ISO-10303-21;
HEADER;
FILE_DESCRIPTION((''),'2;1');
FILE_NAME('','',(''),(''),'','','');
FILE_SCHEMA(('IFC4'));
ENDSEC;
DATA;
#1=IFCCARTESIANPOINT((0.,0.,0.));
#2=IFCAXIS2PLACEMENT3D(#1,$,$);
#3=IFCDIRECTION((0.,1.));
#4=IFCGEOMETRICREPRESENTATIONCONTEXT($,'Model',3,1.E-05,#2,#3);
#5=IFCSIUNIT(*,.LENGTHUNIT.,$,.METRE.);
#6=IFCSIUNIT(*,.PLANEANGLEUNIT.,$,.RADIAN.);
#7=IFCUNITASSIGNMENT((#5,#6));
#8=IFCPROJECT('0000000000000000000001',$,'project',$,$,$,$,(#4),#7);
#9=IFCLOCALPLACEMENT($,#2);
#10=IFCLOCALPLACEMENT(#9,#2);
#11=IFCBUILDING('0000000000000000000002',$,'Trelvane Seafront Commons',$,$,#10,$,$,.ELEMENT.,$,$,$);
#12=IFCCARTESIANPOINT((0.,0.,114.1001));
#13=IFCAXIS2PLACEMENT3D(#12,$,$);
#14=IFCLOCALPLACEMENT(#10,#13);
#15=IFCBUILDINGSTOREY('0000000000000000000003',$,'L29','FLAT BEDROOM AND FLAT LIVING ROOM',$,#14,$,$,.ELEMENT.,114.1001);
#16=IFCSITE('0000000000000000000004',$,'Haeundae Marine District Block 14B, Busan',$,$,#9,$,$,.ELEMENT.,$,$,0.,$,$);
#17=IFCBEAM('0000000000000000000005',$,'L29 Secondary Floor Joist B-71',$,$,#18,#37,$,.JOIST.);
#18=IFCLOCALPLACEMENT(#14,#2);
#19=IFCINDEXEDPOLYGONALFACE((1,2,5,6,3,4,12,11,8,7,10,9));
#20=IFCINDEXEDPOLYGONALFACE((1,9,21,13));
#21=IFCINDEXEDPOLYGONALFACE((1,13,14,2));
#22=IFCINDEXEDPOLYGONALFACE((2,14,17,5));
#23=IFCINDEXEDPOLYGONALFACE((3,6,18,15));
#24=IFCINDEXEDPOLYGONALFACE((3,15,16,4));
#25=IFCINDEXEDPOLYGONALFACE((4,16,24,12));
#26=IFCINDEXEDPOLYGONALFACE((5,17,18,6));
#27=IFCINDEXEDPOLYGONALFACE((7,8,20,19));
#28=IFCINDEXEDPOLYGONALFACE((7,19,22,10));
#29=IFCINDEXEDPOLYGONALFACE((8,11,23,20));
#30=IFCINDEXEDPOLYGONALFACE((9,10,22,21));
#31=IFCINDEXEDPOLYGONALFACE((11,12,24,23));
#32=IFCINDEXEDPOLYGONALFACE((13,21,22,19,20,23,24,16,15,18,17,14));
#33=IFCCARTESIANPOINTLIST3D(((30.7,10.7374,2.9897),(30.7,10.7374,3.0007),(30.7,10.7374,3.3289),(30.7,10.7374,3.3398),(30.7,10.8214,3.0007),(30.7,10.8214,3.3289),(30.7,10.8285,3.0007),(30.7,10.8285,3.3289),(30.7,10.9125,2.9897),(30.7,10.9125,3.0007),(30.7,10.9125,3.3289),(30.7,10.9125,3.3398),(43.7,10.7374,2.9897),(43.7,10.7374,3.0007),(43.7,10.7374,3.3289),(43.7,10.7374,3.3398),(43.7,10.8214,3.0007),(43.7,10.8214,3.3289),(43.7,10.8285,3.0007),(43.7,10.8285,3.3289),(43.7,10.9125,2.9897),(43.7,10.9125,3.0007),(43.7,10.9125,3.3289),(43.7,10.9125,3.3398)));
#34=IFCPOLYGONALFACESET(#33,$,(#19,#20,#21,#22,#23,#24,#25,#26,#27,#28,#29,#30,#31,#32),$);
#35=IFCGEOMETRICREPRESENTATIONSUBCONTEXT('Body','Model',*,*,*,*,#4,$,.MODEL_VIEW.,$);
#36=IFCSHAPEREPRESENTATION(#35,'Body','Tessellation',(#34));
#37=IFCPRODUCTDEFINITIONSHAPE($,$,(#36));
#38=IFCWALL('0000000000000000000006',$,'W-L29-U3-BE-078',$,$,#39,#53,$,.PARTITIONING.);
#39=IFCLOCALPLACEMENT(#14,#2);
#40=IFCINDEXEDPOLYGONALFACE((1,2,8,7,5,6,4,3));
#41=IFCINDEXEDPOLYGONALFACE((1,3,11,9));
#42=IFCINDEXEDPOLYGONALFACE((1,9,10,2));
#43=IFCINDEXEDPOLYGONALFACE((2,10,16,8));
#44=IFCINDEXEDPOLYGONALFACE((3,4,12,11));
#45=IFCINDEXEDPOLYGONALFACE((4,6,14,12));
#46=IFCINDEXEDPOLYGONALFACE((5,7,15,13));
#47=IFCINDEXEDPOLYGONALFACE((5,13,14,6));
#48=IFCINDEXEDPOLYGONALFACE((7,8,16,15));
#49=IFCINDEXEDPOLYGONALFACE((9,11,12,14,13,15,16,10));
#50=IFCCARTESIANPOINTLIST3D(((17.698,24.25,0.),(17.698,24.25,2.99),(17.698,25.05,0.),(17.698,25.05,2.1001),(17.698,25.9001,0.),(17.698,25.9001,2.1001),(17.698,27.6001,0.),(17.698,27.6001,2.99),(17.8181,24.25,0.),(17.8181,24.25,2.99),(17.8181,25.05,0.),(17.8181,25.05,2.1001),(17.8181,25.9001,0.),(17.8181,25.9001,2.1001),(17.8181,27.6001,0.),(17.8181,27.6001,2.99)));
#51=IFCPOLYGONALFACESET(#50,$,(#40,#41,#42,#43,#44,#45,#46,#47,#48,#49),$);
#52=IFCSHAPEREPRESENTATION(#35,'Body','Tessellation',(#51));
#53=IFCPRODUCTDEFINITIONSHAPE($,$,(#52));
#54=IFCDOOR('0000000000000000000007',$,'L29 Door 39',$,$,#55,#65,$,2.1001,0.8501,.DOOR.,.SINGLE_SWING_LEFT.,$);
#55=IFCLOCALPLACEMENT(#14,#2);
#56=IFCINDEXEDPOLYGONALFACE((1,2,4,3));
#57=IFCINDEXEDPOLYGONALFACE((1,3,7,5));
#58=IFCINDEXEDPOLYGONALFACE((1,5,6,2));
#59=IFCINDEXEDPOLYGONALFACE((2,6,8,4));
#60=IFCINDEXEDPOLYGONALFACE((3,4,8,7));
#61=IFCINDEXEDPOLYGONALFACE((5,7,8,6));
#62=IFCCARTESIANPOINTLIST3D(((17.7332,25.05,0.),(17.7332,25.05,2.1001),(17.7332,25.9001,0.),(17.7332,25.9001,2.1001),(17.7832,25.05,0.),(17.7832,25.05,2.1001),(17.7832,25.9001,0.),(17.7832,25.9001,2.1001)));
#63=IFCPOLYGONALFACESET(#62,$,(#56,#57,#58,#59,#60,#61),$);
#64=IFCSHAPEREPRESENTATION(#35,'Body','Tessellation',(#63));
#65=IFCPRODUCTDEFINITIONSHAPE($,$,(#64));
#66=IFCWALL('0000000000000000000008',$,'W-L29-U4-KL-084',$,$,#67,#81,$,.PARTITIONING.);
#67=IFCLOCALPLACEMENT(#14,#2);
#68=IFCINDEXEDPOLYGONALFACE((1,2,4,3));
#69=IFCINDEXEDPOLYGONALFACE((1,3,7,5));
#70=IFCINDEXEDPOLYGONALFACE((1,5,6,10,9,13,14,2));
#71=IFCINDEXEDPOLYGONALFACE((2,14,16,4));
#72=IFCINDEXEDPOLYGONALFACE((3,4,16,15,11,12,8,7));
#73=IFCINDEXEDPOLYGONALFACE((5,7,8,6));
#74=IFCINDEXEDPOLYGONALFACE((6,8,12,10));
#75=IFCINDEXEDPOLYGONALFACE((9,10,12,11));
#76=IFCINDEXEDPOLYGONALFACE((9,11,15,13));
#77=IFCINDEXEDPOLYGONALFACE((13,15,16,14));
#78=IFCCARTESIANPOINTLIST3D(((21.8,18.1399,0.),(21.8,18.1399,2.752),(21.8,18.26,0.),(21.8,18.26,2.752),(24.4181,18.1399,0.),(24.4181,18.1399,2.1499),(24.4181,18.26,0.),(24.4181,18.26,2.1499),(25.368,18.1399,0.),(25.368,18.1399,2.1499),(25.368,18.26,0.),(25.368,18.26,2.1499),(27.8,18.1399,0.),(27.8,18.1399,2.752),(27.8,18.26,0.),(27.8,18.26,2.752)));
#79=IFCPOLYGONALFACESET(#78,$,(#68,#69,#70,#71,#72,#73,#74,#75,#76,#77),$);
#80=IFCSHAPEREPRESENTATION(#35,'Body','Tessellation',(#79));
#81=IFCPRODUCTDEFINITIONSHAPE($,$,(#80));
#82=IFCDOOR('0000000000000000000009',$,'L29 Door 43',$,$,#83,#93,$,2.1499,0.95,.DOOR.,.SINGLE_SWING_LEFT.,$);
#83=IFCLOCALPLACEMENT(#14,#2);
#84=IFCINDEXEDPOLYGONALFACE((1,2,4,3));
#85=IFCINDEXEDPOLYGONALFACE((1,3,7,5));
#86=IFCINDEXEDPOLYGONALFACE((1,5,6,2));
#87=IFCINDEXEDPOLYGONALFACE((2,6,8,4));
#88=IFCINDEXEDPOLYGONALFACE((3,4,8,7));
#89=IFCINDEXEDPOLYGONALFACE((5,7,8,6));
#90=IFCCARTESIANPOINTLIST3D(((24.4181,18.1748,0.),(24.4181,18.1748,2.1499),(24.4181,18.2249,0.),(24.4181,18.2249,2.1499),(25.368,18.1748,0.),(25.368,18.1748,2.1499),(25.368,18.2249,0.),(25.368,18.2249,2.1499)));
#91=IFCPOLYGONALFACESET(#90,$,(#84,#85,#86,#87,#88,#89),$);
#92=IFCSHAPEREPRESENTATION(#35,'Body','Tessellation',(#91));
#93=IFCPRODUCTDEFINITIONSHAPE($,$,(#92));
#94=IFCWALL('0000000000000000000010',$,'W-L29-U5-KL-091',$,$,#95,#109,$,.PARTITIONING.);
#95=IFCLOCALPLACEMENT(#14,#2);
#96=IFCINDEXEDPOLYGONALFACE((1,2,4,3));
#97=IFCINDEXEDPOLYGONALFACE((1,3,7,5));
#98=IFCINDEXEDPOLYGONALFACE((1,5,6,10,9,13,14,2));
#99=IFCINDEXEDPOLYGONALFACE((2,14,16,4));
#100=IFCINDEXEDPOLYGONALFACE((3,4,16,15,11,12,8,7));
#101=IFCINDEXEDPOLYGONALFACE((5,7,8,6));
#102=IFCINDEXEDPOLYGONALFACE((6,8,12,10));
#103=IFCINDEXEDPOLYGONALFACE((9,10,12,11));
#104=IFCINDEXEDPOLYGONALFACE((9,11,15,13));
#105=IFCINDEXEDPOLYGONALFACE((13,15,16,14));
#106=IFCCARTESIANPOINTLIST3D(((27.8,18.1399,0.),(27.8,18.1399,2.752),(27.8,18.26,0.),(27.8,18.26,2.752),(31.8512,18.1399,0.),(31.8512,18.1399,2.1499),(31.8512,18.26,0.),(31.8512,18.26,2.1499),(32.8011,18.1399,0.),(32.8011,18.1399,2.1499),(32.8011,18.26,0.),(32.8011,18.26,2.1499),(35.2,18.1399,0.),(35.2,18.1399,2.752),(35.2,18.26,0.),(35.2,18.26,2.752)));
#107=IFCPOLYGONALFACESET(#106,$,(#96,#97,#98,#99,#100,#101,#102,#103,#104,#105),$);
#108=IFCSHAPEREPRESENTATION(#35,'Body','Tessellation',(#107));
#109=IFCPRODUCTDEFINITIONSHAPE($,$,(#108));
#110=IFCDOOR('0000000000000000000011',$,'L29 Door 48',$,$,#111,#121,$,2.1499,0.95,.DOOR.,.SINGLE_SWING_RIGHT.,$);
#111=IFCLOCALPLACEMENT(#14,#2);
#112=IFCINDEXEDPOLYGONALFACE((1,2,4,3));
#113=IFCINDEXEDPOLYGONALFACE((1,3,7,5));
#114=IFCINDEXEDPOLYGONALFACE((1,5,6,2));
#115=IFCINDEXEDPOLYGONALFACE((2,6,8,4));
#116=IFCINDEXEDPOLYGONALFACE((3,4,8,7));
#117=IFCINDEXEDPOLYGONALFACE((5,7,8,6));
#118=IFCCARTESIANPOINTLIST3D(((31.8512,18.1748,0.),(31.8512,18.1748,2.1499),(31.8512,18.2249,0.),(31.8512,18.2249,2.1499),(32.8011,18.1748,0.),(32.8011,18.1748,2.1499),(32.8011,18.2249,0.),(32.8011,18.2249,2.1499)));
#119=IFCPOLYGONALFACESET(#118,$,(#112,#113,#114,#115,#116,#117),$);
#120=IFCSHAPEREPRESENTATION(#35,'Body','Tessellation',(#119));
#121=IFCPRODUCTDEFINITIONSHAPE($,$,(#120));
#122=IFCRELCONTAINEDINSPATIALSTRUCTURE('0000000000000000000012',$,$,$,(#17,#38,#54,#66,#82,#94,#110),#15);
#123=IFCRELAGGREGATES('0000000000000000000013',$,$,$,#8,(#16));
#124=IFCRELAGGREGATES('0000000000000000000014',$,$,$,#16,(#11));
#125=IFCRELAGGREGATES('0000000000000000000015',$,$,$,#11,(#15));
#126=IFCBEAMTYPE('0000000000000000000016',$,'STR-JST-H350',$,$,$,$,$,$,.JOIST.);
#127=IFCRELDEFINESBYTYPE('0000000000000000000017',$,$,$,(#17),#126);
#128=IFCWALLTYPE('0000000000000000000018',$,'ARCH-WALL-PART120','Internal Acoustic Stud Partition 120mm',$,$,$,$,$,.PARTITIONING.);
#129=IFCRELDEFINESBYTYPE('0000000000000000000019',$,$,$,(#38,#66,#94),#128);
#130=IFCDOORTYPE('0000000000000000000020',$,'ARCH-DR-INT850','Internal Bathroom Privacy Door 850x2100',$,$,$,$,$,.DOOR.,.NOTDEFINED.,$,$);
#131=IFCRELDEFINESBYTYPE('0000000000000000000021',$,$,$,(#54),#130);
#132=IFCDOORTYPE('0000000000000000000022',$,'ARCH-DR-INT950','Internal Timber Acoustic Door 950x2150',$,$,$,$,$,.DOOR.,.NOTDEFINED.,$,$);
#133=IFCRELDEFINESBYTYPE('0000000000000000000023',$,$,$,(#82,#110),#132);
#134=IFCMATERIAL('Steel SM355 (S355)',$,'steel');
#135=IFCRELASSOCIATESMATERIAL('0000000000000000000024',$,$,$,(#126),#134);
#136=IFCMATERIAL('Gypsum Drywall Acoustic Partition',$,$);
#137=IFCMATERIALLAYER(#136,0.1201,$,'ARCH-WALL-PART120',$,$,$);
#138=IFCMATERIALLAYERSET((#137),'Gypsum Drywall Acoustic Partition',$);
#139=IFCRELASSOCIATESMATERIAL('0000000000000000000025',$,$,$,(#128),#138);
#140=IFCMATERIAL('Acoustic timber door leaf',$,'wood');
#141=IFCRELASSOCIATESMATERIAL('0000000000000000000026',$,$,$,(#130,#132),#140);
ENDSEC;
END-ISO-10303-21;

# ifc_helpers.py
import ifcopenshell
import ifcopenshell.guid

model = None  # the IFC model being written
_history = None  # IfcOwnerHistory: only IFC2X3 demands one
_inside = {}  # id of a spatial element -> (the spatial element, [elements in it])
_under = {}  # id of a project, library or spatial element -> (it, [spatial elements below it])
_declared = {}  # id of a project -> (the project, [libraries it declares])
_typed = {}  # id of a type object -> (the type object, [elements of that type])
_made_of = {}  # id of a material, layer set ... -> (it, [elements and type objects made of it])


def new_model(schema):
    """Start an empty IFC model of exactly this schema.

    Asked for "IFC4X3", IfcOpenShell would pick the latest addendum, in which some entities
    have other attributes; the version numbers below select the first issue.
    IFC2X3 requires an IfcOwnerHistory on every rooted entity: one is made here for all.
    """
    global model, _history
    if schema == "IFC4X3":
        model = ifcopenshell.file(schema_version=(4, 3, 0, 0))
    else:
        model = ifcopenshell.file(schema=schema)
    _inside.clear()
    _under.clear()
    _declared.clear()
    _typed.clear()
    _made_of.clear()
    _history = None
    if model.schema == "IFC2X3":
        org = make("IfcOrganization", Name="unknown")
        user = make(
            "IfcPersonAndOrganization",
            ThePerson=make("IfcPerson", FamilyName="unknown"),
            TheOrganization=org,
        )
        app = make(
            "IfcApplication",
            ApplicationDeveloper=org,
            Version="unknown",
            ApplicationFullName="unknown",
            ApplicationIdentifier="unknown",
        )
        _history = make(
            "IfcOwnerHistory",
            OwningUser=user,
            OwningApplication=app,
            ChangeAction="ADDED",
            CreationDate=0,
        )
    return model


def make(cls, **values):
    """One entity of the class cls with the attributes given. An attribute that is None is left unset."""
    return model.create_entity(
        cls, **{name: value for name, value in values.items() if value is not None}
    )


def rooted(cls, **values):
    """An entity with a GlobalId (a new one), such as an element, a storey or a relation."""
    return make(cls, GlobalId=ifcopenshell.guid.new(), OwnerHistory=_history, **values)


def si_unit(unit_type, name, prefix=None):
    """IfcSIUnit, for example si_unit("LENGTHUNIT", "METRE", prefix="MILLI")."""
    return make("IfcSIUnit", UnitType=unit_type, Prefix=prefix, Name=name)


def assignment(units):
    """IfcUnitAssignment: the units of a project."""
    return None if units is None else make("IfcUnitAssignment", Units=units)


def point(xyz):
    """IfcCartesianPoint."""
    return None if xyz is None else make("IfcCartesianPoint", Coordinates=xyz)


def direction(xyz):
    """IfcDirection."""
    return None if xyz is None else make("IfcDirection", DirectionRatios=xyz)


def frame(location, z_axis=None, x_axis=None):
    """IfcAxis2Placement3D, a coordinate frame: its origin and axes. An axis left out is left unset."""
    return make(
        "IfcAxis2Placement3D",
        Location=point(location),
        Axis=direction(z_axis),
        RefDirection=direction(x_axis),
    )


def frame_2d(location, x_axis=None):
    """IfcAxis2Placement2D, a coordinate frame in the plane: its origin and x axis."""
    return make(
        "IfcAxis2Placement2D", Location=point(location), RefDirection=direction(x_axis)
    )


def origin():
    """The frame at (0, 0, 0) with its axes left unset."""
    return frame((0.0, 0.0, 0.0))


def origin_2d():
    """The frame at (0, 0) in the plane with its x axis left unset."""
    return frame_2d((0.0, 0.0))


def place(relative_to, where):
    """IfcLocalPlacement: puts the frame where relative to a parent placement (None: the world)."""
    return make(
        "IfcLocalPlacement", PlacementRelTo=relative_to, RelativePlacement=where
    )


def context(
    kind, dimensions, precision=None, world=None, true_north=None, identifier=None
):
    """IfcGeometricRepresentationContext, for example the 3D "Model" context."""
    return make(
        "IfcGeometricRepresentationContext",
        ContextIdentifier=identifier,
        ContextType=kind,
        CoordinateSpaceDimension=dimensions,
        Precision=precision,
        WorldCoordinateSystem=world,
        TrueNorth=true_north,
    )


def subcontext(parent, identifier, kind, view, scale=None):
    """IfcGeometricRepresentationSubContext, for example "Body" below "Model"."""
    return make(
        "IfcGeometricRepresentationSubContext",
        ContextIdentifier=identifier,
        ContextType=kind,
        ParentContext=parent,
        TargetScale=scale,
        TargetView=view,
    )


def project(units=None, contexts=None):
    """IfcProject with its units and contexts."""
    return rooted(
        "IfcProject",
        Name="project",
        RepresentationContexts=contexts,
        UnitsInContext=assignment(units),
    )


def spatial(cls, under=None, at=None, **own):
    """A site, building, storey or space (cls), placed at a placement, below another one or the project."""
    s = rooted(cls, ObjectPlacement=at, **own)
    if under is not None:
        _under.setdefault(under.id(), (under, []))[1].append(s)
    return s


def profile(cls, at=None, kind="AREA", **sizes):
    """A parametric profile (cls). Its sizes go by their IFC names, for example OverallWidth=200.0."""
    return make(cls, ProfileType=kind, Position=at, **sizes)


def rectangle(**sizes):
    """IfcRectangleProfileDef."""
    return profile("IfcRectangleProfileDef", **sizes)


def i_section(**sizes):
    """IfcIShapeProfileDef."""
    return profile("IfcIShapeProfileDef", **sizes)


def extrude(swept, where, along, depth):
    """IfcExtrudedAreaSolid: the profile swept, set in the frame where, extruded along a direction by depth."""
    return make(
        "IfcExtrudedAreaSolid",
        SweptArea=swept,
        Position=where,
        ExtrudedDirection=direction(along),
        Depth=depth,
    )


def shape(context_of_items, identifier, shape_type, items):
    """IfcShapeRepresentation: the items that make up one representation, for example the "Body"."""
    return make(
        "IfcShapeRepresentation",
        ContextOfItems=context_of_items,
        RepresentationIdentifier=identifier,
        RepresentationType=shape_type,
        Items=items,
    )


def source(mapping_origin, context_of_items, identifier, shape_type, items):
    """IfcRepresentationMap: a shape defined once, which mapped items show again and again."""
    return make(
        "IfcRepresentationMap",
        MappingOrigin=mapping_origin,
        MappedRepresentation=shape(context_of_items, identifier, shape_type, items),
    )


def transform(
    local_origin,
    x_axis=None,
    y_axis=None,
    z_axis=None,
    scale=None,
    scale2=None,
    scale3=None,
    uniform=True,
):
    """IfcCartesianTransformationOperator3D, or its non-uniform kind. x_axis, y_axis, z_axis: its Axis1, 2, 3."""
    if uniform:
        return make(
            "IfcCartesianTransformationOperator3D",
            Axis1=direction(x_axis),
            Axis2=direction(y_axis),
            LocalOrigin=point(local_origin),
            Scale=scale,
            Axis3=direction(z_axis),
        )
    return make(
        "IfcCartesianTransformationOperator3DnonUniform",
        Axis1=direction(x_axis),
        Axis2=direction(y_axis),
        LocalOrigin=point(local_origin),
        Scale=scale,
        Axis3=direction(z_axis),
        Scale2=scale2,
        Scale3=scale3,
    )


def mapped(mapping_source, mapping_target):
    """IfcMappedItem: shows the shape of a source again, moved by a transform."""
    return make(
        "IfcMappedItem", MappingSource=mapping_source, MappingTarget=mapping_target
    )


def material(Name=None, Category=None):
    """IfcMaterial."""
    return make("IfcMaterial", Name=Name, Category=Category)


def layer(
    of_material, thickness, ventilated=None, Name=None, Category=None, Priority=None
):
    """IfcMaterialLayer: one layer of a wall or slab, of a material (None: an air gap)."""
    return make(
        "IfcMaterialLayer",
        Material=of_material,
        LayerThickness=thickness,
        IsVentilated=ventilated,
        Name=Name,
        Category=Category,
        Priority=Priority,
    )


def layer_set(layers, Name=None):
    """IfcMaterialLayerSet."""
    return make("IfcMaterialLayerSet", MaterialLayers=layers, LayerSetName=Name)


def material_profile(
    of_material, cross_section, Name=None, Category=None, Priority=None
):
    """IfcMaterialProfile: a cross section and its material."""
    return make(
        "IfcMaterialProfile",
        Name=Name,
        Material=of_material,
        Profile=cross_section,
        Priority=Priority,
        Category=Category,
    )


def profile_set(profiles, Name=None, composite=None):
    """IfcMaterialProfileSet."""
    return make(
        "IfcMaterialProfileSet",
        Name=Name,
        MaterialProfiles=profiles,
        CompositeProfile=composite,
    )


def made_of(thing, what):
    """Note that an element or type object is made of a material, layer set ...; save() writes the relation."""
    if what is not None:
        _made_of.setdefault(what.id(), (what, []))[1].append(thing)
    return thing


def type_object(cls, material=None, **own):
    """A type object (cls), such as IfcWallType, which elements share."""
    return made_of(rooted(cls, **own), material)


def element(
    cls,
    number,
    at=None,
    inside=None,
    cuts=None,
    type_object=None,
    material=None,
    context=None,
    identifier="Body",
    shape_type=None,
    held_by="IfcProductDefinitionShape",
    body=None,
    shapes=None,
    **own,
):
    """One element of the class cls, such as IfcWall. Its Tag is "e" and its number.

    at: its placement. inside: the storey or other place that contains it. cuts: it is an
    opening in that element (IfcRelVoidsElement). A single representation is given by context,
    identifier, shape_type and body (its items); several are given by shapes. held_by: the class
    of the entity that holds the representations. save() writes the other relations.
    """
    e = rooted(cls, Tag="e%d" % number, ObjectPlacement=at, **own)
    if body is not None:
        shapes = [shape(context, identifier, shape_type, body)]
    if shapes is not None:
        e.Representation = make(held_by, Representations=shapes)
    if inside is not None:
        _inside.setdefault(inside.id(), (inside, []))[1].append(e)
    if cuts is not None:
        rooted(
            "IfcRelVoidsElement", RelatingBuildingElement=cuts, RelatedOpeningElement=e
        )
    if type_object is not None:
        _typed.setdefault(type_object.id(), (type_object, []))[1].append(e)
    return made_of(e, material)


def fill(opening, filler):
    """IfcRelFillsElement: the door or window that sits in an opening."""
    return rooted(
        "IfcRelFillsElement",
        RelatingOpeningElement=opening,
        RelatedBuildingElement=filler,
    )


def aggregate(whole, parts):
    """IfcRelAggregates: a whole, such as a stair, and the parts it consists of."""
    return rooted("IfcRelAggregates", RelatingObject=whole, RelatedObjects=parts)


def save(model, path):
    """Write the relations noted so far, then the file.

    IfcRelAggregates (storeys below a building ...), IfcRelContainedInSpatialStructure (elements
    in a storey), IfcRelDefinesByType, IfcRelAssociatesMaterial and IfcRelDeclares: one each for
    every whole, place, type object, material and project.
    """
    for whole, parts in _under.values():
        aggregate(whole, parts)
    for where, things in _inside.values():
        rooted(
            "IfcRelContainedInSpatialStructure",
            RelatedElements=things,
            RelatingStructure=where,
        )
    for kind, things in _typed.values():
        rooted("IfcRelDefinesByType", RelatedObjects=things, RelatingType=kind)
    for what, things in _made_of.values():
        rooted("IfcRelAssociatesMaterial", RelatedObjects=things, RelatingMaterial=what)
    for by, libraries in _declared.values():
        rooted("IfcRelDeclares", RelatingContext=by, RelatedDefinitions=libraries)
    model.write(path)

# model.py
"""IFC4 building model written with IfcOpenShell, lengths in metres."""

from ifc_helpers import new_model, si_unit, direction, frame, frame_2d, origin, origin_2d, place, context, subcontext, project, spatial, rectangle, i_section, extrude, source, transform, mapped, material, layer, layer_set, material_profile, profile_set, type_object, element, fill, save


model = new_model("IFC4")

# Units and contexts
model_context = context("Model", 3, precision=1e-05, world=origin(), true_north=direction((0.0, 1.0)))
body_context = subcontext(model_context, "Body", "Model", "MODEL_VIEW")
ifc_project = project(units=[si_unit("LENGTHUNIT", "METRE"), si_unit("PLANEANGLEUNIT", "RADIAN")], contexts=[model_context])

# Site, building, storey
site_placement = place(None, origin())
site = spatial("IfcSite", under=ifc_project, at=site_placement, Name="Haeundae Marine District Block 14B, Busan", CompositionType="ELEMENT", RefElevation=0.0)
building_placement = place(site_placement, origin())
building = spatial("IfcBuilding", under=site, at=building_placement, Name="Trelvane Seafront Commons", CompositionType="ELEMENT")
storey_placement = place(building_placement, frame((0.0, 0.0, 114.1001)))
storey = spatial("IfcBuildingStorey", under=building, at=storey_placement, Name="L29", Description="FLAT BEDROOM AND FLAT LIVING ROOM", CompositionType="ELEMENT", Elevation=114.1001)

# Shared definitions
ifc_material_1 = material(Name="Steel SM355 (S355)", Category="steel")

# Beam
ifc_material_profile_1 = material_profile(ifc_material_1, i_section(OverallWidth=0.175, OverallDepth=0.3501, WebThickness=0.0071, FlangeThickness=0.011, at=origin_2d()), Name="H-350x175x7x11")
ifc_profile_set_1 = profile_set([ifc_material_profile_1], Name="Steel SM355 (S355)")
beam_type_1 = type_object("IfcBeamType", Name="STR-JST-H350", PredefinedType="JOIST", material=ifc_profile_set_1)
shared_shape_1 = source(origin(), body_context, "Body", "SweptSolid", [
    extrude(i_section(OverallWidth=0.175, OverallDepth=0.3501, WebThickness=0.0071, FlangeThickness=0.011, at=origin_2d()), origin(), (0.0, 0.0, 1.0), 13.0),
])
beam_1_placement = place(storey_placement, frame((30.7, 10.825, 3.1648), z_axis=(1.0, 0.0, 0.0), x_axis=(0.0, 1.0, 0.0)))
element("IfcBeam", 1, at=beam_1_placement, inside=storey, type_object=beam_type_1, Name="L29 Secondary Floor Joist B-71", PredefinedType="JOIST", context=body_context, shape_type="MappedRepresentation", body=[
    mapped(shared_shape_1, transform((0.0, 0.0, 0.0), x_axis=(1.0, 0.0, 0.0), y_axis=(0.0, 1.0, 0.0), z_axis=(0.0, 0.0, 1.0), scale=1.0)),
])

# Walls, openings, doors
ifc_material_2 = material(Name="Gypsum Drywall Acoustic Partition")
ifc_layer = layer(ifc_material_2, 0.1201, Name="ARCH-WALL-PART120")
ifc_layer_set = layer_set([ifc_layer], Name="Gypsum Drywall Acoustic Partition")
wall_type = type_object("IfcWallType", Name="ARCH-WALL-PART120", Description="Internal Acoustic Stud Partition 120mm", PredefinedType="PARTITIONING", material=ifc_layer_set)
wall_1_placement = place(storey_placement, frame((17.7581, 24.25, 0.0), z_axis=(0.0, 0.0, 1.0), x_axis=(0.0, 1.0, 0.0)))
wall_1 = element("IfcWall", 2, at=wall_1_placement, inside=storey, type_object=wall_type, Name="W-L29-U3-BE-078", PredefinedType="PARTITIONING", context=body_context, shape_type="SweptSolid", body=[
    extrude(rectangle(XDim=3.3501, YDim=0.1201, at=frame_2d((1.675, 0.0))), origin(), (0.0, 0.0, 1.0), 2.99),
])
opening_1_placement = place(wall_1_placement, frame((0.8, 0.0, 0.0)))
opening_1 = element("IfcOpeningElement", 3, at=opening_1_placement, cuts=wall_1, PredefinedType="OPENING", context=body_context, shape_type="SweptSolid", body=[
    extrude(rectangle(XDim=0.8501, YDim=2.1001, at=frame_2d((0.425, 1.05))), frame((0.0, 0.0701, 0.0), z_axis=(0.0, -1.0, 0.0), x_axis=(1.0, 0.0, 0.0)), (0.0, 0.0, 1.0), 0.1401),
])
ifc_material_3 = material(Name="Acoustic timber door leaf", Category="wood")
door_type_1 = type_object("IfcDoorType", Name="ARCH-DR-INT850", Description="Internal Bathroom Privacy Door 850x2100", OperationType="NOTDEFINED", PredefinedType="DOOR", material=ifc_material_3)
shared_shape_2 = source(origin(), body_context, "Body", "SweptSolid", [
    extrude(rectangle(XDim=0.8501, YDim=2.1001, at=frame_2d((0.425, 1.05))), frame((0.0, 0.0249, 0.0), z_axis=(0.0, -1.0, 0.0), x_axis=(1.0, 0.0, 0.0)), (0.0, 0.0, 1.0), 0.05),
])
door_1_placement = place(opening_1_placement, origin())
door_1 = element("IfcDoor", 4, at=door_1_placement, inside=storey, type_object=door_type_1, Name="L29 Door 39", OperationType="SINGLE_SWING_LEFT", OverallHeight=2.1001, OverallWidth=0.8501, PredefinedType="DOOR", context=body_context, shape_type="MappedRepresentation", body=[
    mapped(shared_shape_2, transform((0.0, 0.0, 0.0), x_axis=(1.0, 0.0, 0.0), y_axis=(0.0, 1.0, 0.0), z_axis=(0.0, 0.0, 1.0), scale=1.0)),
])
fill(opening_1, door_1)
wall_2_placement = place(storey_placement, frame((21.8, 18.2, 0.0), z_axis=(0.0, 0.0, 1.0), x_axis=(1.0, 0.0, 0.0)))
wall_2 = element("IfcWall", 5, at=wall_2_placement, inside=storey, type_object=wall_type, Name="W-L29-U4-KL-084", PredefinedType="PARTITIONING", context=body_context, shape_type="SweptSolid", body=[
    extrude(rectangle(XDim=6.0, YDim=0.1201, at=frame_2d((3.0, 0.0))), origin(), (0.0, 0.0, 1.0), 2.752),
])
opening_2_placement = place(wall_2_placement, frame((2.6179, 0.0, 0.0)))
opening_2 = element("IfcOpeningElement", 6, at=opening_2_placement, cuts=wall_2, PredefinedType="OPENING", context=body_context, shape_type="SweptSolid", body=[
    extrude(rectangle(XDim=0.95, YDim=2.1499, at=frame_2d((0.4751, 1.075))), frame((0.0, 0.0701, 0.0), z_axis=(0.0, -1.0, 0.0), x_axis=(1.0, 0.0, 0.0)), (0.0, 0.0, 1.0), 0.1401),
])
door_type_2 = type_object("IfcDoorType", Name="ARCH-DR-INT950", Description="Internal Timber Acoustic Door 950x2150", OperationType="NOTDEFINED", PredefinedType="DOOR", material=ifc_material_3)
shared_shape_3 = source(origin(), body_context, "Body", "SweptSolid", [
    extrude(rectangle(XDim=0.95, YDim=2.1499, at=frame_2d((0.4751, 1.075))), frame((0.0, 0.0249, 0.0), z_axis=(0.0, -1.0, 0.0), x_axis=(1.0, 0.0, 0.0)), (0.0, 0.0, 1.0), 0.05),
])
door_2_placement = place(opening_2_placement, origin())
door_2 = element("IfcDoor", 7, at=door_2_placement, inside=storey, type_object=door_type_2, Name="L29 Door 43", OperationType="SINGLE_SWING_LEFT", OverallHeight=2.1499, OverallWidth=0.95, PredefinedType="DOOR", context=body_context, shape_type="MappedRepresentation", body=[
    mapped(shared_shape_3, transform((0.0, 0.0, 0.0), x_axis=(1.0, 0.0, 0.0), y_axis=(0.0, 1.0, 0.0), z_axis=(0.0, 0.0, 1.0), scale=1.0)),
])
fill(opening_2, door_2)
wall_3_placement = place(storey_placement, frame((27.8, 18.2, 0.0), z_axis=(0.0, 0.0, 1.0), x_axis=(1.0, 0.0, 0.0)))
wall_3 = element("IfcWall", 8, at=wall_3_placement, inside=storey, type_object=wall_type, Name="W-L29-U5-KL-091", PredefinedType="PARTITIONING", context=body_context, shape_type="SweptSolid", body=[
    extrude(rectangle(XDim=7.3999, YDim=0.1201, at=frame_2d((3.7, 0.0))), origin(), (0.0, 0.0, 1.0), 2.752),
])
opening_3_placement = place(wall_3_placement, frame((4.051, 0.0, 0.0)))
opening_3 = element("IfcOpeningElement", 9, at=opening_3_placement, cuts=wall_3, PredefinedType="OPENING", context=body_context, shape_type="SweptSolid", body=[
    extrude(rectangle(XDim=0.95, YDim=2.1499, at=frame_2d((0.4751, 1.075))), frame((0.0, 0.0701, 0.0), z_axis=(0.0, -1.0, 0.0), x_axis=(1.0, 0.0, 0.0)), (0.0, 0.0, 1.0), 0.1401),
])
door_3_placement = place(opening_3_placement, origin())
door_3 = element("IfcDoor", 10, at=door_3_placement, inside=storey, type_object=door_type_2, Name="L29 Door 48", OperationType="SINGLE_SWING_RIGHT", OverallHeight=2.1499, OverallWidth=0.95, PredefinedType="DOOR", context=body_context, shape_type="MappedRepresentation", body=[
    mapped(shared_shape_3, transform((0.0, 0.0, 0.0), x_axis=(1.0, 0.0, 0.0), y_axis=(0.0, 1.0, 0.0), z_axis=(0.0, 0.0, 1.0), scale=1.0)),
])
fill(opening_3, door_3)

save(model, "model.ifc")
